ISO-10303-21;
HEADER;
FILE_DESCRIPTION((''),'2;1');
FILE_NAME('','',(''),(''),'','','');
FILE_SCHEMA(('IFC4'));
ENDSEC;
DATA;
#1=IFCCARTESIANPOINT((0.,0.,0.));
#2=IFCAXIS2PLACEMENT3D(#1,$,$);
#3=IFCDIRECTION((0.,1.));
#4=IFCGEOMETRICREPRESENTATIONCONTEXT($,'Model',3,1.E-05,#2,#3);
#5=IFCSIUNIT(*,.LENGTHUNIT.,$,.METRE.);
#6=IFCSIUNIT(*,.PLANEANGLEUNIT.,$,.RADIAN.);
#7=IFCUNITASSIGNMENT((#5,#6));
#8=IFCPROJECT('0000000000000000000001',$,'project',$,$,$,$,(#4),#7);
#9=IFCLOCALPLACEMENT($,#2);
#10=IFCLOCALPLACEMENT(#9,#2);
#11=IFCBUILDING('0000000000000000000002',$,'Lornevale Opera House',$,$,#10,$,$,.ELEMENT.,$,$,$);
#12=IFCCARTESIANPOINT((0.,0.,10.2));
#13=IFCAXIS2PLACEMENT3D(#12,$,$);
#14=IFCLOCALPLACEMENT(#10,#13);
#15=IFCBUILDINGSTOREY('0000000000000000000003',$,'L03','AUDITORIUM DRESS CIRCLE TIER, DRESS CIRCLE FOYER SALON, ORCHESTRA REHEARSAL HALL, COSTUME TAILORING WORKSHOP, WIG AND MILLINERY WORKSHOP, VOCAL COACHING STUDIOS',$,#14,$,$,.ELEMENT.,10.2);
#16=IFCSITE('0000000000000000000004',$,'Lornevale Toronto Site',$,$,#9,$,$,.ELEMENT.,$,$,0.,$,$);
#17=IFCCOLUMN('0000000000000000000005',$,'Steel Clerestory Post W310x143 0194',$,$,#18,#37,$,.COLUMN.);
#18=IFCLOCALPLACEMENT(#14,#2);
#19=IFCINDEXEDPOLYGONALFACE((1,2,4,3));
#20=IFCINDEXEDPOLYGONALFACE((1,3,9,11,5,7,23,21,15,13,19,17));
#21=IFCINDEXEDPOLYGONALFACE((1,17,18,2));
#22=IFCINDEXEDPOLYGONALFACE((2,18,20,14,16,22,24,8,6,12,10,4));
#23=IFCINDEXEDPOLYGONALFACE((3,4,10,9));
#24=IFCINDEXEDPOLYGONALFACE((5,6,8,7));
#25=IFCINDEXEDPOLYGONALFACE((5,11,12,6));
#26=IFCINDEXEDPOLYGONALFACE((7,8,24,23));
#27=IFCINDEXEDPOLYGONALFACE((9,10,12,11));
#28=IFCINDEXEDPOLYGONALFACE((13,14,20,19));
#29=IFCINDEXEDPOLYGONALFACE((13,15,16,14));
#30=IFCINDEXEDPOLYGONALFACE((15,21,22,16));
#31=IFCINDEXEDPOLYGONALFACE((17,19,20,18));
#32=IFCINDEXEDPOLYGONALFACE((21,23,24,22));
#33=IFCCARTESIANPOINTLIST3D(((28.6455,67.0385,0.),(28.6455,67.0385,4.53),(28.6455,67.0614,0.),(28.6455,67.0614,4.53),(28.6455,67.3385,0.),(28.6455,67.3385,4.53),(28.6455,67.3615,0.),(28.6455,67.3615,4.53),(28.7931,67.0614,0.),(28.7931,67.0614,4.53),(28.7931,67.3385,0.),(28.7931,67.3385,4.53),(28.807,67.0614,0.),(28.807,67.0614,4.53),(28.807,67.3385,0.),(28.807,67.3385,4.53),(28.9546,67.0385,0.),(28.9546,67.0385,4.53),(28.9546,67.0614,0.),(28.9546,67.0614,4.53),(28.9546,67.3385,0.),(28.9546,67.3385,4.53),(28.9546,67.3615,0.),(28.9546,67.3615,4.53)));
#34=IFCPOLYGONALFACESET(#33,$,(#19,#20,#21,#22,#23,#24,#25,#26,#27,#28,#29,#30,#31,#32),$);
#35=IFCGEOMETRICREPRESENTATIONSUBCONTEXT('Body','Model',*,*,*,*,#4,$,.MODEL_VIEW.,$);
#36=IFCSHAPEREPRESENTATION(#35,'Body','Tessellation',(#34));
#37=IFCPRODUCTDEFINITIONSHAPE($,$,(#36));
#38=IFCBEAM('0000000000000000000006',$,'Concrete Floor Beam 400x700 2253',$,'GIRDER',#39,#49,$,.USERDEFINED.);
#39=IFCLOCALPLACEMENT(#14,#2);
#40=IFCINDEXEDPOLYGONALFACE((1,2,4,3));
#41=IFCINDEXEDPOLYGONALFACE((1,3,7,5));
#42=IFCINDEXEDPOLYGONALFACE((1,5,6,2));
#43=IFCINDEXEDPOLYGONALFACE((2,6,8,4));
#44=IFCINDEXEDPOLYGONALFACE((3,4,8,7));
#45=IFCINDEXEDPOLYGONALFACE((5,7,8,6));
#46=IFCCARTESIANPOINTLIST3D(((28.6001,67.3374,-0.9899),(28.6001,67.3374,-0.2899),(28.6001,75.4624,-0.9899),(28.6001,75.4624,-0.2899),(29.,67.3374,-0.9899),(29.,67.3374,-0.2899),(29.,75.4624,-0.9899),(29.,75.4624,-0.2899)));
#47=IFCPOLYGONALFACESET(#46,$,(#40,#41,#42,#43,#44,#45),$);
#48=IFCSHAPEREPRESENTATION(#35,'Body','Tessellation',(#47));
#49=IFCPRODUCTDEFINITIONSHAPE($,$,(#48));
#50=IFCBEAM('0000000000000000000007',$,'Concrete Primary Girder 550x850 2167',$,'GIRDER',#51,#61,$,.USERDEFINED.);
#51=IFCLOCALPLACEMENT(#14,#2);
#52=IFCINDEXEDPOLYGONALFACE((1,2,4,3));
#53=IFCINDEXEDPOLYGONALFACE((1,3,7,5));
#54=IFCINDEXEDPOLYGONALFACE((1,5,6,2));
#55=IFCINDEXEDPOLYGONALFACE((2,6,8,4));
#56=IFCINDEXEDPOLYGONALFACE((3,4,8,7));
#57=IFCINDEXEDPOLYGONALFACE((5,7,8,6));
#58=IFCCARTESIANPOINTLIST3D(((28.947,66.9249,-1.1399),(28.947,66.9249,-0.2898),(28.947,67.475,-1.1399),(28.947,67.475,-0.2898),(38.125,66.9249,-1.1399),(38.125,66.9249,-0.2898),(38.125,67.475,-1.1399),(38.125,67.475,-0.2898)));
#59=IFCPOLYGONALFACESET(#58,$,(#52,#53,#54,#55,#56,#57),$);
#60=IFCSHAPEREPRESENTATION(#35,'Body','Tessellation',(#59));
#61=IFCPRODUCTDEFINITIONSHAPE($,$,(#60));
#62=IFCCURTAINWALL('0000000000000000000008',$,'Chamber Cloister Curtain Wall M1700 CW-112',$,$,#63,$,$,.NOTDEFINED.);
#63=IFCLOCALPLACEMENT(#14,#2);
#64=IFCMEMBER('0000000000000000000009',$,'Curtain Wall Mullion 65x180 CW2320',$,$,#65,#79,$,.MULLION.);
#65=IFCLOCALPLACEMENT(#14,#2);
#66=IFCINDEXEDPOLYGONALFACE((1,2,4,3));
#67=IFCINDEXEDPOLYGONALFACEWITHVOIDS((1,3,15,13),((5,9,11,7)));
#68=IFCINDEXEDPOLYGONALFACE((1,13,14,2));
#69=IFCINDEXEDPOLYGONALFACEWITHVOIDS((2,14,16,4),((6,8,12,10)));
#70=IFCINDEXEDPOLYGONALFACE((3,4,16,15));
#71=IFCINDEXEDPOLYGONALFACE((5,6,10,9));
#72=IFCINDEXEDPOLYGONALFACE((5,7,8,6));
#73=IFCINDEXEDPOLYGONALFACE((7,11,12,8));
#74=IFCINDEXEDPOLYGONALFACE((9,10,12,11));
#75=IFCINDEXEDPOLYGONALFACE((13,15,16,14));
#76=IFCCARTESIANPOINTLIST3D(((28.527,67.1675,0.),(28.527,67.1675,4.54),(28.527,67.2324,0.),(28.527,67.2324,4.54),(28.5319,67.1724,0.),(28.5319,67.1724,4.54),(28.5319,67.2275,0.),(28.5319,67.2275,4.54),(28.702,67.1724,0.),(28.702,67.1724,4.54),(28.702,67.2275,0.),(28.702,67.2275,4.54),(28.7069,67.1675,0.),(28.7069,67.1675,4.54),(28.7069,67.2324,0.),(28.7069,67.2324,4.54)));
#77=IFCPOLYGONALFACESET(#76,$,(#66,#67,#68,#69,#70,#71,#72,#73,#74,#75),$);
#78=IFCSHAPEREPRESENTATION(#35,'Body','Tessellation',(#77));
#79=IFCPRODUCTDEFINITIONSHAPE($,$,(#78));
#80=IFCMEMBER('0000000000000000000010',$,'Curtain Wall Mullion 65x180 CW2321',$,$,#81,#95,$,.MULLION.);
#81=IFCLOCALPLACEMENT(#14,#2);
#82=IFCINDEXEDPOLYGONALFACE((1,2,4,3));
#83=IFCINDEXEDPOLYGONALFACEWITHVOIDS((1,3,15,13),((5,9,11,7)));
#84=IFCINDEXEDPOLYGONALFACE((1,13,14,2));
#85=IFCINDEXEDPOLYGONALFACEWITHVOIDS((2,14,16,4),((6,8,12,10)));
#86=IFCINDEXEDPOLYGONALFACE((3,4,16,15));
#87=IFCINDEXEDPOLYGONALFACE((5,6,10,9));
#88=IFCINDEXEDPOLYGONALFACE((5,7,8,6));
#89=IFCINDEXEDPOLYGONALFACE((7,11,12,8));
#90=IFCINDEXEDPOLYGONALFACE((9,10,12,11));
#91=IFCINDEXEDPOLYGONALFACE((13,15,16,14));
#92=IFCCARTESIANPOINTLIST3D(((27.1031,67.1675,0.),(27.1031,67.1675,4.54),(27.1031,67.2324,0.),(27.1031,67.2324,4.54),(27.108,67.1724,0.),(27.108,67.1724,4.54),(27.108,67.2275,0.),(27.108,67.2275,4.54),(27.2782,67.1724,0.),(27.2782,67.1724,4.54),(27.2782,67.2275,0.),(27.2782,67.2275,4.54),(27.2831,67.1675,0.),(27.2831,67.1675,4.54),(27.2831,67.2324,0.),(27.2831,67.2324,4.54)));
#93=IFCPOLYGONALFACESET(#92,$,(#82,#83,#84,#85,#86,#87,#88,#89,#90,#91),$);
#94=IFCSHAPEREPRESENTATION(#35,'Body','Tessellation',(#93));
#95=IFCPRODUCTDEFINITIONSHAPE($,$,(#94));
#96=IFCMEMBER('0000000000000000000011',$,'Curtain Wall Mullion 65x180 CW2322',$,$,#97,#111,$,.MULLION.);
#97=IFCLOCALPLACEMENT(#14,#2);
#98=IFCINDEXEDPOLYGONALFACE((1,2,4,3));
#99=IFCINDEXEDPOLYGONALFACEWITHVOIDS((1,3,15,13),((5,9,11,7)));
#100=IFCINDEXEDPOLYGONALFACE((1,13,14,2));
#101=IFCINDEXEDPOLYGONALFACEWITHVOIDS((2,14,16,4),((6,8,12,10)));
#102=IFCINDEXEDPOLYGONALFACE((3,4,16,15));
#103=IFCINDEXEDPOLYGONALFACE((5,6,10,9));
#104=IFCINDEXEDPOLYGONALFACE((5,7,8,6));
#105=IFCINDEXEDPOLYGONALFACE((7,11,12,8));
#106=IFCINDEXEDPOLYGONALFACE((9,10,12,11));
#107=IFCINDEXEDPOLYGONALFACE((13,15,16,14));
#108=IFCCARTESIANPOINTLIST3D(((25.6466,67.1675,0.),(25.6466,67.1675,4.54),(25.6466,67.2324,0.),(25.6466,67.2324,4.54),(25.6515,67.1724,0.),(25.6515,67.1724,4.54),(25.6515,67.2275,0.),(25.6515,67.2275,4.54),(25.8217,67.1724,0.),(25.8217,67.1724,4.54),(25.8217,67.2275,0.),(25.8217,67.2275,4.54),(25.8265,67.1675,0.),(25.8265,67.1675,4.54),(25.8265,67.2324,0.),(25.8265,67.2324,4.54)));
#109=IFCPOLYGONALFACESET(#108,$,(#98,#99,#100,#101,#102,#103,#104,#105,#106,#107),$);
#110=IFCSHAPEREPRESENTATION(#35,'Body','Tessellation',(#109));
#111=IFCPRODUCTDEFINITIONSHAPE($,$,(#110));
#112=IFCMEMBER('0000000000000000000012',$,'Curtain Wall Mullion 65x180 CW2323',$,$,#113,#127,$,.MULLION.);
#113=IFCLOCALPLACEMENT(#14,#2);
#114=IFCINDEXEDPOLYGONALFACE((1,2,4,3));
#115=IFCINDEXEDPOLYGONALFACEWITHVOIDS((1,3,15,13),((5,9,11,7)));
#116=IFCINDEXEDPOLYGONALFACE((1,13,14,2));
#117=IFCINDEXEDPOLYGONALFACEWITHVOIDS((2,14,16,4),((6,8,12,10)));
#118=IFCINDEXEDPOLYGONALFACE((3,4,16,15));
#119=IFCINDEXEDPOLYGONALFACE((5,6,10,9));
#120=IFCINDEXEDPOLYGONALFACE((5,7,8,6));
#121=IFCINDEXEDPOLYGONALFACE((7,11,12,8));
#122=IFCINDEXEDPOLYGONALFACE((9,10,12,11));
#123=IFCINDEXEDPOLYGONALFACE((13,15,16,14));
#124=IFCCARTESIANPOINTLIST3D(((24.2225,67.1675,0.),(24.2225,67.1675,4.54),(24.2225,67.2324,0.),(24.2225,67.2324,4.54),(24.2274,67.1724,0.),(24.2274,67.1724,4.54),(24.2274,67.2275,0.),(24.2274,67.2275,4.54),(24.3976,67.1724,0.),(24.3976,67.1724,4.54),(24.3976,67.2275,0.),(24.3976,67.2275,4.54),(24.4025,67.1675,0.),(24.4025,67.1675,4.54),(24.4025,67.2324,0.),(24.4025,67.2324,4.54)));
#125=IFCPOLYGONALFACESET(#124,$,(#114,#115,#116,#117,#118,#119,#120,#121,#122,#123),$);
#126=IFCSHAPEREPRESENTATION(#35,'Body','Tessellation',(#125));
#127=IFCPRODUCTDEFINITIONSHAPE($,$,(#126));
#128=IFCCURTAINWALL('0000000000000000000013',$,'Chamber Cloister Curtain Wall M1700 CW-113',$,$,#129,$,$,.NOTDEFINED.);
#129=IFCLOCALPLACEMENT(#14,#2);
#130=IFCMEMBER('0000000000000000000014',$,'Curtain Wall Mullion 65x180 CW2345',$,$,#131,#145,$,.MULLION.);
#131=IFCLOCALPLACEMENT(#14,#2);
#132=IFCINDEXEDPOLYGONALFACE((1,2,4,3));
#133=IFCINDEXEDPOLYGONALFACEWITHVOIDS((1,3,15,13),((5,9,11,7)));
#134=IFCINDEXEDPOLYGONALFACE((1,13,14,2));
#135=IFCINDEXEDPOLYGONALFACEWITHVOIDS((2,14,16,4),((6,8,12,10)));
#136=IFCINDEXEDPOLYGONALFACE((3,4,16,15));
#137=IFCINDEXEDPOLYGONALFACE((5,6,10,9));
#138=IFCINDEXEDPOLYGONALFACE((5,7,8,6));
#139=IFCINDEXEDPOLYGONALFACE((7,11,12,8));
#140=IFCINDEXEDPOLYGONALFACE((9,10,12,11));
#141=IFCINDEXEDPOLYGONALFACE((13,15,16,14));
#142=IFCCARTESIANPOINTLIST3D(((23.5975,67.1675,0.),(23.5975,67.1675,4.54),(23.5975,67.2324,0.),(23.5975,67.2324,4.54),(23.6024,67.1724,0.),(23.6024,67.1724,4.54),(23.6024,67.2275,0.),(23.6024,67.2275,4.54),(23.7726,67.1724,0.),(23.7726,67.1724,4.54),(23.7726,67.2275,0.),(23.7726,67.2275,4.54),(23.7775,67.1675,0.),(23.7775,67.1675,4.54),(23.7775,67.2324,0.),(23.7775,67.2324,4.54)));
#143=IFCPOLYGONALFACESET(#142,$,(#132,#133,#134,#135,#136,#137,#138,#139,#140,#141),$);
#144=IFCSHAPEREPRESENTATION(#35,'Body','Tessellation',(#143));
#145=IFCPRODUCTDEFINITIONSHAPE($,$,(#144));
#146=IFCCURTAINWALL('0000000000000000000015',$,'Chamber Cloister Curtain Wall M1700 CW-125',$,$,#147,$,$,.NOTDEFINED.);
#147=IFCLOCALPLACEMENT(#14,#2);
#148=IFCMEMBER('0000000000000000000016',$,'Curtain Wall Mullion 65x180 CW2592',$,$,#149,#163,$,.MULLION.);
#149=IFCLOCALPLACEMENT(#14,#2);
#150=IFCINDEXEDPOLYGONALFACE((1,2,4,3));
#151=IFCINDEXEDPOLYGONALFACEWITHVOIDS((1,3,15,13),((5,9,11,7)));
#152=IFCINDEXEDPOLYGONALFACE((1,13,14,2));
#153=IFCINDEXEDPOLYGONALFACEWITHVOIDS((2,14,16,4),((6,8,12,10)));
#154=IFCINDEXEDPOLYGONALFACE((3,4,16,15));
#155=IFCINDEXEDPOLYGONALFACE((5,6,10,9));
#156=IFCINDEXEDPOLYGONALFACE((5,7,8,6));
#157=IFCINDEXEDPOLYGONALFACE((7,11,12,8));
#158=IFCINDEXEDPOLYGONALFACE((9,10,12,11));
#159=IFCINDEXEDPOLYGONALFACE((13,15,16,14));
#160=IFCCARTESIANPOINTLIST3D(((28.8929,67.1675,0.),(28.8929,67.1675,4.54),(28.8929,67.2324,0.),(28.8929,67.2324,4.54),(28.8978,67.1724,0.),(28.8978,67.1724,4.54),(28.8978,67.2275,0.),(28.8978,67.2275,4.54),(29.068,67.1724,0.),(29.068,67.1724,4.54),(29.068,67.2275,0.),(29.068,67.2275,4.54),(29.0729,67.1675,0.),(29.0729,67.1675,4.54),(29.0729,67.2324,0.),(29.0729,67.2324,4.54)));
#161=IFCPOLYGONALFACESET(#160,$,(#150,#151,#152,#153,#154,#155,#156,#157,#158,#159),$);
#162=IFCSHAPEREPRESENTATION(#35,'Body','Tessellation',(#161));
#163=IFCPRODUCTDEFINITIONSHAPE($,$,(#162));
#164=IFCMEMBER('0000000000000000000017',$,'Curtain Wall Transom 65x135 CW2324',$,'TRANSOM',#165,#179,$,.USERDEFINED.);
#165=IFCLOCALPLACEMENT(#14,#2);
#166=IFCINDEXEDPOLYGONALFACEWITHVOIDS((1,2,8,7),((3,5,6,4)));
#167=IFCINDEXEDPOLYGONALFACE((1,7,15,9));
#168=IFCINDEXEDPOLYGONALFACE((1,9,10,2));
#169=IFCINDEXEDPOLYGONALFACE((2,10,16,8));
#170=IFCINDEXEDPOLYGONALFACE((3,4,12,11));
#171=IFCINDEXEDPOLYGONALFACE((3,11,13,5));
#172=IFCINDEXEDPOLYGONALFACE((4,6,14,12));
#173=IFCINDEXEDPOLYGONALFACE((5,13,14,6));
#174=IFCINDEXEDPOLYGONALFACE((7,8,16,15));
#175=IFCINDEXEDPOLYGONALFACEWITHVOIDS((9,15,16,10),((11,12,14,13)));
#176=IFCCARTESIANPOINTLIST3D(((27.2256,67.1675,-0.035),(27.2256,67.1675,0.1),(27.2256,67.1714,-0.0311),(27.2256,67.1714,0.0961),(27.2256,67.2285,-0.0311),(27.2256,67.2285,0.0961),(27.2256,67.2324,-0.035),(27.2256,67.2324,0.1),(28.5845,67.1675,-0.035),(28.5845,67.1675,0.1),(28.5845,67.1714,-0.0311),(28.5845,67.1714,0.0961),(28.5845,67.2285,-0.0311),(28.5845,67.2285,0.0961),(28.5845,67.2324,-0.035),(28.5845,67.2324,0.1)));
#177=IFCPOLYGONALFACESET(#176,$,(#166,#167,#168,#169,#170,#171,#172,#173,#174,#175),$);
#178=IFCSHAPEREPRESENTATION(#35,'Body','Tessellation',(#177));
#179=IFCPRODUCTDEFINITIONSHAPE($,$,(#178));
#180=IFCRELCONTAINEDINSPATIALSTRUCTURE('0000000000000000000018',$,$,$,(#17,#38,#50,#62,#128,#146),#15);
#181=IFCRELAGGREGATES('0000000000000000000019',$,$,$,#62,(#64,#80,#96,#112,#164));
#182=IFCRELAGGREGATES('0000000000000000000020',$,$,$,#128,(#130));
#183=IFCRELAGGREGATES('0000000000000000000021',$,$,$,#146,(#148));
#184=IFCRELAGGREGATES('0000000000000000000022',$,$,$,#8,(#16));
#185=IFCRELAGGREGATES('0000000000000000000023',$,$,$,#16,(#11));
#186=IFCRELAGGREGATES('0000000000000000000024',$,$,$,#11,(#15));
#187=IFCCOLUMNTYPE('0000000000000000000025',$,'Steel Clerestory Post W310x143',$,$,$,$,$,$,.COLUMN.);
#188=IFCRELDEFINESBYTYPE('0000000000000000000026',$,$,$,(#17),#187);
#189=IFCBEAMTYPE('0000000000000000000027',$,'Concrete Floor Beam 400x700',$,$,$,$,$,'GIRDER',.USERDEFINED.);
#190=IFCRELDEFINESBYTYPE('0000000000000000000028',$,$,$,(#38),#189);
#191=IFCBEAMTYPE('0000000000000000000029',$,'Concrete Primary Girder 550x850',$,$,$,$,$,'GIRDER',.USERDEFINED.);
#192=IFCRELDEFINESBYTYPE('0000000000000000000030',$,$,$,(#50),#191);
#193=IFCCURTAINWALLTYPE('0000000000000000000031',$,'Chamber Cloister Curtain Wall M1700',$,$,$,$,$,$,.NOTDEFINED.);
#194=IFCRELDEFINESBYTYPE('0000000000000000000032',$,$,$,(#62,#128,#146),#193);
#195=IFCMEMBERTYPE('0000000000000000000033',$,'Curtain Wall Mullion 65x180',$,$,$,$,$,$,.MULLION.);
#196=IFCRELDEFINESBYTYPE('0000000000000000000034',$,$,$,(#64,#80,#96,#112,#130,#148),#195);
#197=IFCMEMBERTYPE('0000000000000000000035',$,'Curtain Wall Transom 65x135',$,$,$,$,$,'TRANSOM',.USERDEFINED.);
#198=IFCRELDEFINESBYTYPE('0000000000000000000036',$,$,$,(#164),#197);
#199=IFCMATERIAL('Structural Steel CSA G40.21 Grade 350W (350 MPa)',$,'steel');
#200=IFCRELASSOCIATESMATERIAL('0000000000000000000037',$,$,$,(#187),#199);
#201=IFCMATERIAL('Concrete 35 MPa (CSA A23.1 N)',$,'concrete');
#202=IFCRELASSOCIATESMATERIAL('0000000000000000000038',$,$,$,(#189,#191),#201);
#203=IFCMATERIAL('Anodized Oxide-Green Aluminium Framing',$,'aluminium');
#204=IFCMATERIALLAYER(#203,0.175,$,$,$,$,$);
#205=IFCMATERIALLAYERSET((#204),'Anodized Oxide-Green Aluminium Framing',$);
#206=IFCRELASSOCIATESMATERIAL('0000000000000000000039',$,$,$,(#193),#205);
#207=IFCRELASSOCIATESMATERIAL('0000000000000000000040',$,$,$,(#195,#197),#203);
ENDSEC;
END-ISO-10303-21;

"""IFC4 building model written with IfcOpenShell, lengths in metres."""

from ifc_helpers import new_model, si_unit, direction, frame, origin, origin_2d, place, context, subcontext, project, spatial, rectangle, hollow_rectangle, i_section, extrude, material, layer, layer_set, material_profile, profile_set, type_object, element, aggregate, save


model = new_model("IFC4")

# Units and contexts
model_context = context("Model", 3, precision=1e-05, world=origin(), true_north=direction((0.0, 1.0)))
body_context = subcontext(model_context, "Body", "Model", "MODEL_VIEW")
ifc_project = project(units=[si_unit("LENGTHUNIT", "METRE"), si_unit("PLANEANGLEUNIT", "RADIAN")], contexts=[model_context])

# Site, building, storey
site_placement = place(None, origin())
site = spatial("IfcSite", under=ifc_project, at=site_placement, Name="Lornevale Toronto Site", CompositionType="ELEMENT", RefElevation=0.0)
building_placement = place(site_placement, origin())
building = spatial("IfcBuilding", under=site, at=building_placement, Name="Lornevale Opera House", CompositionType="ELEMENT")
storey_placement = place(building_placement, frame((0.0, 0.0, 10.2)))
storey = spatial("IfcBuildingStorey", under=building, at=storey_placement, Name="L03", Description="AUDITORIUM DRESS CIRCLE TIER, DRESS CIRCLE FOYER SALON, ORCHESTRA REHEARSAL HALL, COSTUME TAILORING WORKSHOP, WIG AND MILLINERY WORKSHOP, VOCAL COACHING STUDIOS", CompositionType="ELEMENT", Elevation=10.2)

# Column
ifc_material_1 = material(Name="Structural Steel CSA G40.21 Grade 350W (350 MPa)", Category="steel")
ifc_material_profile_1 = material_profile(ifc_material_1, i_section(OverallWidth=0.3091, OverallDepth=0.323, WebThickness=0.0139, FlangeThickness=0.0229, at=origin_2d()), Name="W310x143")
ifc_profile_set_1 = profile_set([ifc_material_profile_1], Name="Structural Steel CSA G40.21 Grade 350W (350 MPa)")
column_type = type_object("IfcColumnType", Name="Steel Clerestory Post W310x143", PredefinedType="COLUMN", material=ifc_profile_set_1)
column_placement = place(storey_placement, frame((28.8, 67.2, 0.0), z_axis=(0.0, 0.0, 1.0), x_axis=(1.0, 0.0, 0.0)))
element("IfcColumn", 1, at=column_placement, inside=storey, type_object=column_type, Name="Steel Clerestory Post W310x143 0194", PredefinedType="COLUMN", context=body_context, shape_type="SweptSolid", body=[
    extrude(i_section(OverallWidth=0.3091, OverallDepth=0.323, WebThickness=0.0139, FlangeThickness=0.0229, at=origin_2d()), origin(), (0.0, 0.0, 1.0), 4.53),
])

# Beams
ifc_material_2 = material(Name="Concrete 35 MPa (CSA A23.1 N)", Category="concrete")
ifc_material_profile_2 = material_profile(ifc_material_2, rectangle(XDim=0.3999, YDim=0.7, at=origin_2d()), Name="RC400x700")
ifc_profile_set_2 = profile_set([ifc_material_profile_2], Name="Concrete 35 MPa (CSA A23.1 N)")
beam_type_1 = type_object("IfcBeamType", Name="Concrete Floor Beam 400x700", ElementType="GIRDER", PredefinedType="USERDEFINED", material=ifc_profile_set_2)
beam_1_placement = place(storey_placement, frame((28.8, 67.3374, -0.6399), z_axis=(0.0, 1.0, 0.0), x_axis=(-1.0, 0.0, 0.0)))
element("IfcBeam", 2, at=beam_1_placement, inside=storey, type_object=beam_type_1, Name="Concrete Floor Beam 400x700 2253", ObjectType="GIRDER", PredefinedType="USERDEFINED", context=body_context, shape_type="SweptSolid", body=[
    extrude(rectangle(XDim=0.3999, YDim=0.7, at=origin_2d()), origin(), (0.0, 0.0, 1.0), 8.125),
])
ifc_material_profile_3 = material_profile(ifc_material_2, rectangle(XDim=0.55, YDim=0.8501, at=origin_2d()), Name="RC550x850")
ifc_profile_set_3 = profile_set([ifc_material_profile_3], Name="Concrete 35 MPa (CSA A23.1 N)")
beam_type_2 = type_object("IfcBeamType", Name="Concrete Primary Girder 550x850", ElementType="GIRDER", PredefinedType="USERDEFINED", material=ifc_profile_set_3)
beam_2_placement = place(storey_placement, frame((28.947, 67.2, -0.7148), z_axis=(1.0, 0.0, 0.0), x_axis=(0.0, 1.0, 0.0)))
element("IfcBeam", 3, at=beam_2_placement, inside=storey, type_object=beam_type_2, Name="Concrete Primary Girder 550x850 2167", ObjectType="GIRDER", PredefinedType="USERDEFINED", context=body_context, shape_type="SweptSolid", body=[
    extrude(rectangle(XDim=0.55, YDim=0.8501, at=origin_2d()), origin(), (0.0, 0.0, 1.0), 9.178),
])

# Curtain wall, members
ifc_material_3 = material(Name="Anodized Oxide-Green Aluminium Framing", Category="aluminium")
ifc_layer_1 = layer(ifc_material_3, 0.175)
ifc_layer_set_1 = layer_set([ifc_layer_1], Name="Anodized Oxide-Green Aluminium Framing")
curtain_wall_type = type_object("IfcCurtainWallType", Name="Chamber Cloister Curtain Wall M1700", PredefinedType="NOTDEFINED", material=ifc_layer_set_1)
curtain_wall_1_placement = place(storey_placement, origin())
curtain_wall_1 = element("IfcCurtainWall", 4, at=curtain_wall_1_placement, inside=storey, type_object=curtain_wall_type, Name="Chamber Cloister Curtain Wall M1700 CW-112", PredefinedType="NOTDEFINED")
ifc_material_profile_4 = material_profile(ifc_material_3, hollow_rectangle(XDim=0.0649, YDim=0.1799, WallThickness=0.0049, at=origin_2d()), Name="ALU65x180x5")
ifc_profile_set_4 = profile_set([ifc_material_profile_4], Name="Anodized Oxide-Green Aluminium Framing")
member_type_1 = type_object("IfcMemberType", Name="Curtain Wall Mullion 65x180", PredefinedType="MULLION", material=ifc_profile_set_4)
member_1_placement = place(storey_placement, frame((28.6169, 67.2, 0.0), z_axis=(0.0, 0.0, 1.0), x_axis=(0.0, -1.0, 0.0)))
member_1 = element("IfcMember", 5, at=member_1_placement, type_object=member_type_1, Name="Curtain Wall Mullion 65x180 CW2320", PredefinedType="MULLION", context=body_context, shape_type="SweptSolid", body=[
    extrude(hollow_rectangle(XDim=0.0649, YDim=0.1799, WallThickness=0.0049, at=origin_2d()), origin(), (0.0, 0.0, 1.0), 4.54),
])
member_2_placement = place(storey_placement, frame((27.1931, 67.2, 0.0), z_axis=(0.0, 0.0, 1.0), x_axis=(0.0, -1.0, 0.0)))
member_2 = element("IfcMember", 6, at=member_2_placement, type_object=member_type_1, Name="Curtain Wall Mullion 65x180 CW2321", PredefinedType="MULLION", context=body_context, shape_type="SweptSolid", body=[
    extrude(hollow_rectangle(XDim=0.0649, YDim=0.1799, WallThickness=0.0049, at=origin_2d()), origin(), (0.0, 0.0, 1.0), 4.54),
])
member_3_placement = place(storey_placement, frame((25.7366, 67.2, 0.0), z_axis=(0.0, 0.0, 1.0), x_axis=(0.0, -1.0, 0.0)))
member_3 = element("IfcMember", 7, at=member_3_placement, type_object=member_type_1, Name="Curtain Wall Mullion 65x180 CW2322", PredefinedType="MULLION", context=body_context, shape_type="SweptSolid", body=[
    extrude(hollow_rectangle(XDim=0.0649, YDim=0.1799, WallThickness=0.0049, at=origin_2d()), origin(), (0.0, 0.0, 1.0), 4.54),
])
member_4_placement = place(storey_placement, frame((24.3125, 67.2, 0.0), z_axis=(0.0, 0.0, 1.0), x_axis=(0.0, -1.0, 0.0)))
member_4 = element("IfcMember", 8, at=member_4_placement, type_object=member_type_1, Name="Curtain Wall Mullion 65x180 CW2323", PredefinedType="MULLION", context=body_context, shape_type="SweptSolid", body=[
    extrude(hollow_rectangle(XDim=0.0649, YDim=0.1799, WallThickness=0.0049, at=origin_2d()), origin(), (0.0, 0.0, 1.0), 4.54),
])

# Curtain walls, members
curtain_wall_2_placement = place(storey_placement, origin())
curtain_wall_2 = element("IfcCurtainWall", 9, at=curtain_wall_2_placement, inside=storey, type_object=curtain_wall_type, Name="Chamber Cloister Curtain Wall M1700 CW-113", PredefinedType="NOTDEFINED")
member_5_placement = place(storey_placement, frame((23.6875, 67.2, 0.0), z_axis=(0.0, 0.0, 1.0), x_axis=(0.0, -1.0, 0.0)))
member_5 = element("IfcMember", 10, at=member_5_placement, type_object=member_type_1, Name="Curtain Wall Mullion 65x180 CW2345", PredefinedType="MULLION", context=body_context, shape_type="SweptSolid", body=[
    extrude(hollow_rectangle(XDim=0.0649, YDim=0.1799, WallThickness=0.0049, at=origin_2d()), origin(), (0.0, 0.0, 1.0), 4.54),
])
curtain_wall_3_placement = place(storey_placement, origin())
curtain_wall_3 = element("IfcCurtainWall", 11, at=curtain_wall_3_placement, inside=storey, type_object=curtain_wall_type, Name="Chamber Cloister Curtain Wall M1700 CW-125", PredefinedType="NOTDEFINED")
member_6_placement = place(storey_placement, frame((28.9829, 67.2, 0.0), z_axis=(0.0, 0.0, 1.0), x_axis=(0.0, -1.0, 0.0)))
member_6 = element("IfcMember", 12, at=member_6_placement, type_object=member_type_1, Name="Curtain Wall Mullion 65x180 CW2592", PredefinedType="MULLION", context=body_context, shape_type="SweptSolid", body=[
    extrude(hollow_rectangle(XDim=0.0649, YDim=0.1799, WallThickness=0.0049, at=origin_2d()), origin(), (0.0, 0.0, 1.0), 4.54),
])

# Member
ifc_material_profile_5 = material_profile(ifc_material_3, hollow_rectangle(XDim=0.0649, YDim=0.135, WallThickness=0.0039, at=origin_2d()), Name="ALU65x135x4")
ifc_profile_set_5 = profile_set([ifc_material_profile_5], Name="Anodized Oxide-Green Aluminium Framing")
member_type_2 = type_object("IfcMemberType", Name="Curtain Wall Transom 65x135", ElementType="TRANSOM", PredefinedType="USERDEFINED", material=ifc_profile_set_5)
member_7_placement = place(storey_placement, frame((28.5845, 67.2, 0.0325), z_axis=(-1.0, 0.0, 0.0), x_axis=(0.0, -1.0, 0.0)))
member_7 = element("IfcMember", 13, at=member_7_placement, type_object=member_type_2, Name="Curtain Wall Transom 65x135 CW2324", ObjectType="TRANSOM", PredefinedType="USERDEFINED", context=body_context, shape_type="SweptSolid", body=[
    extrude(hollow_rectangle(XDim=0.0649, YDim=0.135, WallThickness=0.0039, at=origin_2d()), origin(), (0.0, 0.0, 1.0), 1.3589),
])

aggregate(curtain_wall_1, [member_1, member_2, member_3, member_4, member_7])
aggregate(curtain_wall_2, [member_5])
aggregate(curtain_wall_3, [member_6])

save(model, "model.ifc")
